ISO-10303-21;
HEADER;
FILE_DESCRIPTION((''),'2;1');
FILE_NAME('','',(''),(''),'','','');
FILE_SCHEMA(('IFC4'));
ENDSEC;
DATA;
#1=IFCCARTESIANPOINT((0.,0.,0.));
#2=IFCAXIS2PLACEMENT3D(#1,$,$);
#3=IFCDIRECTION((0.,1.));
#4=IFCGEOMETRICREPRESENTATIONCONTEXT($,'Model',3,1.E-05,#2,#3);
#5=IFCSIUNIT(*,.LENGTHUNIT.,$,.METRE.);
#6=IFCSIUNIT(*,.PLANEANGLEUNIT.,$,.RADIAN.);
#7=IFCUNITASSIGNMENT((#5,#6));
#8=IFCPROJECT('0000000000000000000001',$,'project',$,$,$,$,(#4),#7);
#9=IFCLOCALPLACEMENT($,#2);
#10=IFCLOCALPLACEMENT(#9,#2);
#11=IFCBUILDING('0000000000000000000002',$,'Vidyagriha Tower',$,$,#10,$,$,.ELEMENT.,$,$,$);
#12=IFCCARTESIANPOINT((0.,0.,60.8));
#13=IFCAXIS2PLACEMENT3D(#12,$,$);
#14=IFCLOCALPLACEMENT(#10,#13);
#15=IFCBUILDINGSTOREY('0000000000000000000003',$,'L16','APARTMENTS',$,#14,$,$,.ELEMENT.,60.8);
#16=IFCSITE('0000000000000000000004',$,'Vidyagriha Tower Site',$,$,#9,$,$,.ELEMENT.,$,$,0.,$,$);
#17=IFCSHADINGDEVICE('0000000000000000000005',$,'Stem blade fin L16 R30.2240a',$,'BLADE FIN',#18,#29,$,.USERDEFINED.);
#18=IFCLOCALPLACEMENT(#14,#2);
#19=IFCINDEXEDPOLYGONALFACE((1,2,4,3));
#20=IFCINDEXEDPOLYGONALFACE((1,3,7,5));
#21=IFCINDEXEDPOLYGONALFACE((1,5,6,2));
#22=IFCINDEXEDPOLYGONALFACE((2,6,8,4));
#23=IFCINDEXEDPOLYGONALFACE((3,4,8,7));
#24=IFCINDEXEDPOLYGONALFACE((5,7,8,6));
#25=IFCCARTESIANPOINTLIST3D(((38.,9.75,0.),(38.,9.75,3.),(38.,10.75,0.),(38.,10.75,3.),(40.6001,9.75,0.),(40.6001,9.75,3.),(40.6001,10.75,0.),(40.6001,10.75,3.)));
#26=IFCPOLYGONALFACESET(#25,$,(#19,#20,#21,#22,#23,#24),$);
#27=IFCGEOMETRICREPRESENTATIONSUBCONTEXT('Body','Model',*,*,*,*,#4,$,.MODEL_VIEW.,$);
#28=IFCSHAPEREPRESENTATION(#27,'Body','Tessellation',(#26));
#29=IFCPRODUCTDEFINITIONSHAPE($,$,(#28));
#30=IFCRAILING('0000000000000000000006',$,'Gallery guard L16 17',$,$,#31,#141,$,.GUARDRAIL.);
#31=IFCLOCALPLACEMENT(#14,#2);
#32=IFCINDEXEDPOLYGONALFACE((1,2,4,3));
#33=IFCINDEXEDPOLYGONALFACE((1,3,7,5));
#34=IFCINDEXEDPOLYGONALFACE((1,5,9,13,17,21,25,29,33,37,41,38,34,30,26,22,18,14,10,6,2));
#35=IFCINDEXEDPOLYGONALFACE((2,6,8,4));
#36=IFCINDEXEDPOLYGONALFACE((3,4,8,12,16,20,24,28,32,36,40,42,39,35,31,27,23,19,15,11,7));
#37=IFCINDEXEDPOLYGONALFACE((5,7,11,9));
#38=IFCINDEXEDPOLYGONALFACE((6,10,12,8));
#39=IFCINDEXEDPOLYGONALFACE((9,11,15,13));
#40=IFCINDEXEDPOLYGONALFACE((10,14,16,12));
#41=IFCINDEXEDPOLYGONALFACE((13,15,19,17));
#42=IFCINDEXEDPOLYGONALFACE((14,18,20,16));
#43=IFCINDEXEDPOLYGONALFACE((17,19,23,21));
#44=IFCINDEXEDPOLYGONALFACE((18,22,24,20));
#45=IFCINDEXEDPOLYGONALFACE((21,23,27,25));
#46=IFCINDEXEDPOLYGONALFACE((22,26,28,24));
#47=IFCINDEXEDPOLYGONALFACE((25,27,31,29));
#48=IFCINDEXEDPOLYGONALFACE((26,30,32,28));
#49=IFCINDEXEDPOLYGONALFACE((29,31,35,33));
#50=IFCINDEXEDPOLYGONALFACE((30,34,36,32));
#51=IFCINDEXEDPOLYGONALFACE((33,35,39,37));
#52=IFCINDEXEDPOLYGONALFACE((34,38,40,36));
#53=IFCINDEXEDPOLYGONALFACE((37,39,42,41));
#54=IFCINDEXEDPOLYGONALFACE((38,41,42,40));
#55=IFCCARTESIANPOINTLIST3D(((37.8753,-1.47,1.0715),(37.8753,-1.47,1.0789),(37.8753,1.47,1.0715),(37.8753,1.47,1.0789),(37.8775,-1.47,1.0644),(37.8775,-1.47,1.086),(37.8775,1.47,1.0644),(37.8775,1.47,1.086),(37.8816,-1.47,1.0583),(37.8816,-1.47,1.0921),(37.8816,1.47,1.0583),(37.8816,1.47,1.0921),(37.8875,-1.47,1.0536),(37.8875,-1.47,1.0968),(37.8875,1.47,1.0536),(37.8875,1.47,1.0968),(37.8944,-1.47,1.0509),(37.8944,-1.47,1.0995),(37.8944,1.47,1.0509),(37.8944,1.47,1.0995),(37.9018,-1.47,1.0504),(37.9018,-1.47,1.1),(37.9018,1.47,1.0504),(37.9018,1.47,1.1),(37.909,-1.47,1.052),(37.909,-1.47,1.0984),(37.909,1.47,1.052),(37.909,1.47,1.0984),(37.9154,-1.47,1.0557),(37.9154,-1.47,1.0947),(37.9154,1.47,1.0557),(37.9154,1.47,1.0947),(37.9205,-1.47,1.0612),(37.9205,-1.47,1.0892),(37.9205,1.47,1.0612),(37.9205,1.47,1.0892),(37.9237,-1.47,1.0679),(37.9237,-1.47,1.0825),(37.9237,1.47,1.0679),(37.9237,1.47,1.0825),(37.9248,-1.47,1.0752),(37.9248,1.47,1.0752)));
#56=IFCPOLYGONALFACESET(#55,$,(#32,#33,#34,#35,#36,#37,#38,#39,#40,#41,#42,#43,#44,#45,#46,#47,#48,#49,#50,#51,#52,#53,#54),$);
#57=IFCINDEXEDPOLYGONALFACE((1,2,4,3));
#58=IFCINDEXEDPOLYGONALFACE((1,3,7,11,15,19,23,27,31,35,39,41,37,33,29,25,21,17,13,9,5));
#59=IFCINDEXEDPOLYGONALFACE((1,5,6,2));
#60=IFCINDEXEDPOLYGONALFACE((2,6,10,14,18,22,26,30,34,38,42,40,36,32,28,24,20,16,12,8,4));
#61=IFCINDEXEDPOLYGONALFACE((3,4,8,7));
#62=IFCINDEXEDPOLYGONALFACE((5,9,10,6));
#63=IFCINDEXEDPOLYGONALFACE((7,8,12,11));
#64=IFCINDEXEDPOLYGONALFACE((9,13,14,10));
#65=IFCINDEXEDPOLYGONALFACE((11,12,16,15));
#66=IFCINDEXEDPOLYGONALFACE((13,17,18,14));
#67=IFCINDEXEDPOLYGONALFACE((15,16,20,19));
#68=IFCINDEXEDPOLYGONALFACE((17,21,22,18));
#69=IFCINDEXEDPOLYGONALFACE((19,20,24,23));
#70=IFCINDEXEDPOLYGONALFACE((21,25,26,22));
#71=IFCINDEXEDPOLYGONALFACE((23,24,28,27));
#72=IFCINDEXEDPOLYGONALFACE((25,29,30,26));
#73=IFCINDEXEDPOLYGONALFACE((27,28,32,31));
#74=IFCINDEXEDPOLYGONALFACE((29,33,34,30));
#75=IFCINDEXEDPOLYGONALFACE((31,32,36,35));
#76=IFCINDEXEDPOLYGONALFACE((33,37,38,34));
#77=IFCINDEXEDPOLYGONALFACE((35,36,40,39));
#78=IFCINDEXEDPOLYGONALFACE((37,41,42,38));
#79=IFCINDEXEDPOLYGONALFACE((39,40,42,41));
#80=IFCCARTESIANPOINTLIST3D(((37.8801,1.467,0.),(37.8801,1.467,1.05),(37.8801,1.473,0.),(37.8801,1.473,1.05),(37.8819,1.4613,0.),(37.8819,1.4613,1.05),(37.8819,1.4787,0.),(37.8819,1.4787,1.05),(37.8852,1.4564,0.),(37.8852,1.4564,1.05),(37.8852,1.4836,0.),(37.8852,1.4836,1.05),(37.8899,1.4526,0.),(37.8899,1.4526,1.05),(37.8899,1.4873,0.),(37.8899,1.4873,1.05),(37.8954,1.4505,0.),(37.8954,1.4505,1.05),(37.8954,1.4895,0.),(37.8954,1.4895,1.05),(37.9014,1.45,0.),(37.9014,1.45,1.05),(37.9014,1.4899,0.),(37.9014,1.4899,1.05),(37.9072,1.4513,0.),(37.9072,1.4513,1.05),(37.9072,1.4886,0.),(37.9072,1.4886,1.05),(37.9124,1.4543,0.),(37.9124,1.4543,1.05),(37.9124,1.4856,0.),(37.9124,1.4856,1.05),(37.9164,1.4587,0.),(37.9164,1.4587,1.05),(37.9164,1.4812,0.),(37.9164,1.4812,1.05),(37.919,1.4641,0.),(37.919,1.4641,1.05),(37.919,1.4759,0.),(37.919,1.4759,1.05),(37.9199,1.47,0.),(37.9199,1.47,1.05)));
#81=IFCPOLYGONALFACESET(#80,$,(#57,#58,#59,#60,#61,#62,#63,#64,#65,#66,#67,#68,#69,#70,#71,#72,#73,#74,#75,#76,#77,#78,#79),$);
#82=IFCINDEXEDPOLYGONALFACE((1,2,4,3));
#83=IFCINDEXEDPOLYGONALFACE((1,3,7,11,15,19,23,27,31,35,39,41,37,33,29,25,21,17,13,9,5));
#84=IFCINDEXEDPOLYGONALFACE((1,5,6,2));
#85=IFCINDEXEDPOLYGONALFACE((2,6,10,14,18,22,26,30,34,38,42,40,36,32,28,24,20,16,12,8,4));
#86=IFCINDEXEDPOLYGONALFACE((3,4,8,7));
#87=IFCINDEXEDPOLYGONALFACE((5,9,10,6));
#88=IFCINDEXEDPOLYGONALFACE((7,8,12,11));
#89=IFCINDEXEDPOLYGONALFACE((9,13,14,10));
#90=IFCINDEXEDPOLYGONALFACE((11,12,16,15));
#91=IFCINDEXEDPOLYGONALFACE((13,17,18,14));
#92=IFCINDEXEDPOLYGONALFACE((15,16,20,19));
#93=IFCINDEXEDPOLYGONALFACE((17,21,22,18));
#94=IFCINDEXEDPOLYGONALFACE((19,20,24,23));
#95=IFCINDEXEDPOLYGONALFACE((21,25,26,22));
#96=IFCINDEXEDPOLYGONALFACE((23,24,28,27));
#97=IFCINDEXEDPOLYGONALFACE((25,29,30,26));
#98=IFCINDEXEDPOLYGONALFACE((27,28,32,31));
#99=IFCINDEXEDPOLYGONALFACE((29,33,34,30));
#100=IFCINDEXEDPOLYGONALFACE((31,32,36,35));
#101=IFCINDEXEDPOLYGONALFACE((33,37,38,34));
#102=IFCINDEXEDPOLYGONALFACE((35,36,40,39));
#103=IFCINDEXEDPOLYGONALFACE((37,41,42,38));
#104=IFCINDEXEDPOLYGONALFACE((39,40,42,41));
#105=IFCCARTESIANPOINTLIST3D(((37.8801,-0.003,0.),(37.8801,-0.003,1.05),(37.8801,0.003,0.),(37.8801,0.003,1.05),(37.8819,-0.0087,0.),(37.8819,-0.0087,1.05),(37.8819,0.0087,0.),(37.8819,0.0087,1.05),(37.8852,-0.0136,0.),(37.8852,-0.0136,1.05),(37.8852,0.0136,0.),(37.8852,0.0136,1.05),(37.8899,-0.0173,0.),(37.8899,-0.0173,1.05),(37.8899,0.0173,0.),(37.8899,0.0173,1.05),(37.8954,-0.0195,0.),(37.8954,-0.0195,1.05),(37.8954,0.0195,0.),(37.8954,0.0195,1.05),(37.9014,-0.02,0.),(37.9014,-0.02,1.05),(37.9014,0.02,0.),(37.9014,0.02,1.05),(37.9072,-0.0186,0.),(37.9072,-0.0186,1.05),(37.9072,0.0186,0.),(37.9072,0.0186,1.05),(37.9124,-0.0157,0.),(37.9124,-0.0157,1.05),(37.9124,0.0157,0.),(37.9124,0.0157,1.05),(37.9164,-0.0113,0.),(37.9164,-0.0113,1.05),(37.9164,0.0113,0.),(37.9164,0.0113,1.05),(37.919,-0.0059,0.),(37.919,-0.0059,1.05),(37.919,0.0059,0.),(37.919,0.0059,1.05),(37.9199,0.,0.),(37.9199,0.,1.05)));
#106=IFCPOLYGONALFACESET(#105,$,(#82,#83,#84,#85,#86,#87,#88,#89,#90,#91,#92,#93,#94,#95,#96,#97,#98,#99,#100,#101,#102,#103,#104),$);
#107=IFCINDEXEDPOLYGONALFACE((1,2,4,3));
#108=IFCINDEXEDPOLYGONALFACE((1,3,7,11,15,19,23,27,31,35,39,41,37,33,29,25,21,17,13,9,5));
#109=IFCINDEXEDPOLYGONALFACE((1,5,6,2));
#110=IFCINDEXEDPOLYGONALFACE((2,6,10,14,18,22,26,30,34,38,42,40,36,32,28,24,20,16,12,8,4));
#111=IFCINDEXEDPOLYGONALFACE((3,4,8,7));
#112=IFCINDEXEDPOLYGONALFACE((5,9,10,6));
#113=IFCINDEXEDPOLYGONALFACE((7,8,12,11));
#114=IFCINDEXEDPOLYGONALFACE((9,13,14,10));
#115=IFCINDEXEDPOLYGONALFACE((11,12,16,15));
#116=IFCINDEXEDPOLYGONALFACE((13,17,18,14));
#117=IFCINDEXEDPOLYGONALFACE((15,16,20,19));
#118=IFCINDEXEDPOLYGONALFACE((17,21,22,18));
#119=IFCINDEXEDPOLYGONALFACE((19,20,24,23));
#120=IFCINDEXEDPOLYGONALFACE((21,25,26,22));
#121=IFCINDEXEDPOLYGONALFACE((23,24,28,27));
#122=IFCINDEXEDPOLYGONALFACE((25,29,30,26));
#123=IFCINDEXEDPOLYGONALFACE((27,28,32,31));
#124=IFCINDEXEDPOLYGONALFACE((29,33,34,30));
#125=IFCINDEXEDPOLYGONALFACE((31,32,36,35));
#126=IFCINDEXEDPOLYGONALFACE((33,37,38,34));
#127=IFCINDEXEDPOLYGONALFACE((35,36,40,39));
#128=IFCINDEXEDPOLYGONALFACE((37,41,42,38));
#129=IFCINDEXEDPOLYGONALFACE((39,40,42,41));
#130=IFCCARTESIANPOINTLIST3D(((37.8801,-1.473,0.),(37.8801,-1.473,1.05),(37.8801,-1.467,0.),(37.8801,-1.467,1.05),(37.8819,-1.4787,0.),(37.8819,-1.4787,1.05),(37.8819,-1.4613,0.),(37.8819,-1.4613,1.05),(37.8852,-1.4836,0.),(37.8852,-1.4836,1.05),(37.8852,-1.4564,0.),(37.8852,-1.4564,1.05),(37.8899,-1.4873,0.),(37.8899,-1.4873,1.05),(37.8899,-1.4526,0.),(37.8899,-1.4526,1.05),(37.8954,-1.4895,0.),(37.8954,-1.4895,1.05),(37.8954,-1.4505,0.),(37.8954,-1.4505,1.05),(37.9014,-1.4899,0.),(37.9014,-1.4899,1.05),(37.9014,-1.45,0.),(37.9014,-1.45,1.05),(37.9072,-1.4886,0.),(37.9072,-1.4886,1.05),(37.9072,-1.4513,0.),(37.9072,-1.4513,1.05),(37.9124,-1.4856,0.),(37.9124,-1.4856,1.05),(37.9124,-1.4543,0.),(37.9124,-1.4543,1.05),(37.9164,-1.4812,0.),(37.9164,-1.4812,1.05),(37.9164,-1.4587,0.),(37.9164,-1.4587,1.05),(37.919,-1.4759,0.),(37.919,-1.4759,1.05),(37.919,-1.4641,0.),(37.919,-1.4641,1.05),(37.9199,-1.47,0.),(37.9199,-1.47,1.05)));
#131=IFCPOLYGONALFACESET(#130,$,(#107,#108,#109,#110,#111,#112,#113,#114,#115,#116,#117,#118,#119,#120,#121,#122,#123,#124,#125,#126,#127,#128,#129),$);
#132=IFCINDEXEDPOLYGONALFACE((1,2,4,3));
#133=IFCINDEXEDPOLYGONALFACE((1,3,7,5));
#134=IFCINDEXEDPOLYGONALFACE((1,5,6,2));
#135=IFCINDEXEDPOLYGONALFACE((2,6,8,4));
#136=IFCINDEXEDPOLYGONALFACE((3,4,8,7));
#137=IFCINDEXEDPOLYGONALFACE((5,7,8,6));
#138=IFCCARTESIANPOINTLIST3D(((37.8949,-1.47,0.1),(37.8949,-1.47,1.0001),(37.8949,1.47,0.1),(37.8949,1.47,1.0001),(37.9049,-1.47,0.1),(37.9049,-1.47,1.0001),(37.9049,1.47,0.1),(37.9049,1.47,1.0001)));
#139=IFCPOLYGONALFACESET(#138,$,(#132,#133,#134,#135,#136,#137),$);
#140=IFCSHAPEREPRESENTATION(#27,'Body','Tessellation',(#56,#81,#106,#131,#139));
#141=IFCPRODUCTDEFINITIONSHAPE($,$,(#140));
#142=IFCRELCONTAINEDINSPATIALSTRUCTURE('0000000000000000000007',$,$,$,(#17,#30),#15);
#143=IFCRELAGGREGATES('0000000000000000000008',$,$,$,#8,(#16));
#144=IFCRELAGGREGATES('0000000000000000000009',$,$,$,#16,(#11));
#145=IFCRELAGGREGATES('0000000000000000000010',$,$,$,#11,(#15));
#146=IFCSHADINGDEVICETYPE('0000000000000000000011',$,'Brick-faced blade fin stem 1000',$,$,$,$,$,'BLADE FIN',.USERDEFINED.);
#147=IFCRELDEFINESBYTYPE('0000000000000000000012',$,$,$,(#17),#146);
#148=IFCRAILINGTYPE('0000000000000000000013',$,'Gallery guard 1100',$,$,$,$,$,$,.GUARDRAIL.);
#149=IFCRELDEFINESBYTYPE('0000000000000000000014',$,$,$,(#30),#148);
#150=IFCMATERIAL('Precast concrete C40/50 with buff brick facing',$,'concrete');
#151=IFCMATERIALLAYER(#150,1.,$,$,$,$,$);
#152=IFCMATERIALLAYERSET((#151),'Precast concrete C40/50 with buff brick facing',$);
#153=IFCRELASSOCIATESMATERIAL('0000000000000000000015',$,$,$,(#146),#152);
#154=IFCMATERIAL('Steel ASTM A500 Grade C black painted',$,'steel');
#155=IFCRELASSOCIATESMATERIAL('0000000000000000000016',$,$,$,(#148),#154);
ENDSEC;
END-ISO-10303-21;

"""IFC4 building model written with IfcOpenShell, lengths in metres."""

from ifc_helpers import new_model, si_unit, direction, frame, origin, origin_2d, place, context, subcontext, project, spatial, polyline, rectangle, circle, outline, extrude, material, layer, layer_set, type_object, element, save


model = new_model("IFC4")

# Units and contexts
model_context = context("Model", 3, precision=1e-05, world=origin(), true_north=direction((0.0, 1.0)))
body_context = subcontext(model_context, "Body", "Model", "MODEL_VIEW")
ifc_project = project(units=[si_unit("LENGTHUNIT", "METRE"), si_unit("PLANEANGLEUNIT", "RADIAN")], contexts=[model_context])

# Site, building, storey
site_placement = place(None, origin())
site = spatial("IfcSite", under=ifc_project, at=site_placement, Name="Vidyagriha Tower Site", CompositionType="ELEMENT", RefElevation=0.0)
building_placement = place(site_placement, origin())
building = spatial("IfcBuilding", under=site, at=building_placement, Name="Vidyagriha Tower", CompositionType="ELEMENT")
storey_placement = place(building_placement, frame((0.0, 0.0, 60.8)))
storey = spatial("IfcBuildingStorey", under=building, at=storey_placement, Name="L16", Description="APARTMENTS", CompositionType="ELEMENT", Elevation=60.8)

# Shading device
ifc_material_1 = material(Name="Precast concrete C40/50 with buff brick facing", Category="concrete")
ifc_layer_1 = layer(ifc_material_1, 1.0)
ifc_layer_set_1 = layer_set([ifc_layer_1], Name="Precast concrete C40/50 with buff brick facing")
shading_device_type_1 = type_object("IfcShadingDeviceType", Name="Brick-faced blade fin stem 1000", ElementType="BLADE FIN", PredefinedType="USERDEFINED", material=ifc_layer_set_1)
shading_device_1_placement = place(storey_placement, frame((39.3, 9.75, 0.0), z_axis=(0.0, 0.0, 1.0), x_axis=(0.0, 1.0, 0.0)))
element("IfcShadingDevice", 1, at=shading_device_1_placement, inside=storey, type_object=shading_device_type_1, Name="Stem blade fin L16 R30.2240a", ObjectType="BLADE FIN", PredefinedType="USERDEFINED", context=body_context, shape_type="SweptSolid", body=[
    extrude(outline(polyline([(0.0, 0.0), (1.0, 0.0), (1.0, 3.0), (0.0, 3.0), (0.0, 0.0)])), frame((0.0, 1.3, 0.0), z_axis=(0.0, -1.0, 0.0), x_axis=(1.0, 0.0, 0.0)), (0.0, 0.0, 1.0), 2.6001),
])

# Railing
ifc_material_2 = material(Name="Steel ASTM A500 Grade C black painted", Category="steel")
railing_type_1 = type_object("IfcRailingType", Name="Gallery guard 1100", PredefinedType="GUARDRAIL", material=ifc_material_2)
for number, where, name in (
    (2, (37.8999, 1.47, 0.0), "Gallery guard L16 17"),
):
    element("IfcRailing", number, at=place(storey_placement, frame(where)), inside=storey, type_object=railing_type_1, Name=name, PredefinedType="GUARDRAIL", context=body_context, shape_type="SweptSolid", body=[
        extrude(circle(Radius=0.0249, at=origin_2d()), frame((0.0, 0.0, 1.0752), z_axis=(0.0, -1.0, 0.0), x_axis=(1.0, 0.0, 0.0)), (0.0, 0.0, 1.0), 2.9399),
        extrude(circle(Radius=0.02, at=origin_2d()), origin(), (0.0, 0.0, 1.0), 1.05),
        extrude(circle(Radius=0.02, at=origin_2d()), frame((0.0, -1.47, 0.0)), (0.0, 0.0, 1.0), 1.05),
        extrude(circle(Radius=0.02, at=origin_2d()), frame((0.0, -2.9399, 0.0)), (0.0, 0.0, 1.0), 1.05),
        extrude(rectangle(XDim=0.01, YDim=0.9001, at=origin_2d()), frame((0.0, 0.0, 0.55), z_axis=(0.0, -1.0, 0.0), x_axis=(1.0, 0.0, 0.0)), (0.0, 0.0, 1.0), 2.9399),
    ])

save(model, "model.ifc")
